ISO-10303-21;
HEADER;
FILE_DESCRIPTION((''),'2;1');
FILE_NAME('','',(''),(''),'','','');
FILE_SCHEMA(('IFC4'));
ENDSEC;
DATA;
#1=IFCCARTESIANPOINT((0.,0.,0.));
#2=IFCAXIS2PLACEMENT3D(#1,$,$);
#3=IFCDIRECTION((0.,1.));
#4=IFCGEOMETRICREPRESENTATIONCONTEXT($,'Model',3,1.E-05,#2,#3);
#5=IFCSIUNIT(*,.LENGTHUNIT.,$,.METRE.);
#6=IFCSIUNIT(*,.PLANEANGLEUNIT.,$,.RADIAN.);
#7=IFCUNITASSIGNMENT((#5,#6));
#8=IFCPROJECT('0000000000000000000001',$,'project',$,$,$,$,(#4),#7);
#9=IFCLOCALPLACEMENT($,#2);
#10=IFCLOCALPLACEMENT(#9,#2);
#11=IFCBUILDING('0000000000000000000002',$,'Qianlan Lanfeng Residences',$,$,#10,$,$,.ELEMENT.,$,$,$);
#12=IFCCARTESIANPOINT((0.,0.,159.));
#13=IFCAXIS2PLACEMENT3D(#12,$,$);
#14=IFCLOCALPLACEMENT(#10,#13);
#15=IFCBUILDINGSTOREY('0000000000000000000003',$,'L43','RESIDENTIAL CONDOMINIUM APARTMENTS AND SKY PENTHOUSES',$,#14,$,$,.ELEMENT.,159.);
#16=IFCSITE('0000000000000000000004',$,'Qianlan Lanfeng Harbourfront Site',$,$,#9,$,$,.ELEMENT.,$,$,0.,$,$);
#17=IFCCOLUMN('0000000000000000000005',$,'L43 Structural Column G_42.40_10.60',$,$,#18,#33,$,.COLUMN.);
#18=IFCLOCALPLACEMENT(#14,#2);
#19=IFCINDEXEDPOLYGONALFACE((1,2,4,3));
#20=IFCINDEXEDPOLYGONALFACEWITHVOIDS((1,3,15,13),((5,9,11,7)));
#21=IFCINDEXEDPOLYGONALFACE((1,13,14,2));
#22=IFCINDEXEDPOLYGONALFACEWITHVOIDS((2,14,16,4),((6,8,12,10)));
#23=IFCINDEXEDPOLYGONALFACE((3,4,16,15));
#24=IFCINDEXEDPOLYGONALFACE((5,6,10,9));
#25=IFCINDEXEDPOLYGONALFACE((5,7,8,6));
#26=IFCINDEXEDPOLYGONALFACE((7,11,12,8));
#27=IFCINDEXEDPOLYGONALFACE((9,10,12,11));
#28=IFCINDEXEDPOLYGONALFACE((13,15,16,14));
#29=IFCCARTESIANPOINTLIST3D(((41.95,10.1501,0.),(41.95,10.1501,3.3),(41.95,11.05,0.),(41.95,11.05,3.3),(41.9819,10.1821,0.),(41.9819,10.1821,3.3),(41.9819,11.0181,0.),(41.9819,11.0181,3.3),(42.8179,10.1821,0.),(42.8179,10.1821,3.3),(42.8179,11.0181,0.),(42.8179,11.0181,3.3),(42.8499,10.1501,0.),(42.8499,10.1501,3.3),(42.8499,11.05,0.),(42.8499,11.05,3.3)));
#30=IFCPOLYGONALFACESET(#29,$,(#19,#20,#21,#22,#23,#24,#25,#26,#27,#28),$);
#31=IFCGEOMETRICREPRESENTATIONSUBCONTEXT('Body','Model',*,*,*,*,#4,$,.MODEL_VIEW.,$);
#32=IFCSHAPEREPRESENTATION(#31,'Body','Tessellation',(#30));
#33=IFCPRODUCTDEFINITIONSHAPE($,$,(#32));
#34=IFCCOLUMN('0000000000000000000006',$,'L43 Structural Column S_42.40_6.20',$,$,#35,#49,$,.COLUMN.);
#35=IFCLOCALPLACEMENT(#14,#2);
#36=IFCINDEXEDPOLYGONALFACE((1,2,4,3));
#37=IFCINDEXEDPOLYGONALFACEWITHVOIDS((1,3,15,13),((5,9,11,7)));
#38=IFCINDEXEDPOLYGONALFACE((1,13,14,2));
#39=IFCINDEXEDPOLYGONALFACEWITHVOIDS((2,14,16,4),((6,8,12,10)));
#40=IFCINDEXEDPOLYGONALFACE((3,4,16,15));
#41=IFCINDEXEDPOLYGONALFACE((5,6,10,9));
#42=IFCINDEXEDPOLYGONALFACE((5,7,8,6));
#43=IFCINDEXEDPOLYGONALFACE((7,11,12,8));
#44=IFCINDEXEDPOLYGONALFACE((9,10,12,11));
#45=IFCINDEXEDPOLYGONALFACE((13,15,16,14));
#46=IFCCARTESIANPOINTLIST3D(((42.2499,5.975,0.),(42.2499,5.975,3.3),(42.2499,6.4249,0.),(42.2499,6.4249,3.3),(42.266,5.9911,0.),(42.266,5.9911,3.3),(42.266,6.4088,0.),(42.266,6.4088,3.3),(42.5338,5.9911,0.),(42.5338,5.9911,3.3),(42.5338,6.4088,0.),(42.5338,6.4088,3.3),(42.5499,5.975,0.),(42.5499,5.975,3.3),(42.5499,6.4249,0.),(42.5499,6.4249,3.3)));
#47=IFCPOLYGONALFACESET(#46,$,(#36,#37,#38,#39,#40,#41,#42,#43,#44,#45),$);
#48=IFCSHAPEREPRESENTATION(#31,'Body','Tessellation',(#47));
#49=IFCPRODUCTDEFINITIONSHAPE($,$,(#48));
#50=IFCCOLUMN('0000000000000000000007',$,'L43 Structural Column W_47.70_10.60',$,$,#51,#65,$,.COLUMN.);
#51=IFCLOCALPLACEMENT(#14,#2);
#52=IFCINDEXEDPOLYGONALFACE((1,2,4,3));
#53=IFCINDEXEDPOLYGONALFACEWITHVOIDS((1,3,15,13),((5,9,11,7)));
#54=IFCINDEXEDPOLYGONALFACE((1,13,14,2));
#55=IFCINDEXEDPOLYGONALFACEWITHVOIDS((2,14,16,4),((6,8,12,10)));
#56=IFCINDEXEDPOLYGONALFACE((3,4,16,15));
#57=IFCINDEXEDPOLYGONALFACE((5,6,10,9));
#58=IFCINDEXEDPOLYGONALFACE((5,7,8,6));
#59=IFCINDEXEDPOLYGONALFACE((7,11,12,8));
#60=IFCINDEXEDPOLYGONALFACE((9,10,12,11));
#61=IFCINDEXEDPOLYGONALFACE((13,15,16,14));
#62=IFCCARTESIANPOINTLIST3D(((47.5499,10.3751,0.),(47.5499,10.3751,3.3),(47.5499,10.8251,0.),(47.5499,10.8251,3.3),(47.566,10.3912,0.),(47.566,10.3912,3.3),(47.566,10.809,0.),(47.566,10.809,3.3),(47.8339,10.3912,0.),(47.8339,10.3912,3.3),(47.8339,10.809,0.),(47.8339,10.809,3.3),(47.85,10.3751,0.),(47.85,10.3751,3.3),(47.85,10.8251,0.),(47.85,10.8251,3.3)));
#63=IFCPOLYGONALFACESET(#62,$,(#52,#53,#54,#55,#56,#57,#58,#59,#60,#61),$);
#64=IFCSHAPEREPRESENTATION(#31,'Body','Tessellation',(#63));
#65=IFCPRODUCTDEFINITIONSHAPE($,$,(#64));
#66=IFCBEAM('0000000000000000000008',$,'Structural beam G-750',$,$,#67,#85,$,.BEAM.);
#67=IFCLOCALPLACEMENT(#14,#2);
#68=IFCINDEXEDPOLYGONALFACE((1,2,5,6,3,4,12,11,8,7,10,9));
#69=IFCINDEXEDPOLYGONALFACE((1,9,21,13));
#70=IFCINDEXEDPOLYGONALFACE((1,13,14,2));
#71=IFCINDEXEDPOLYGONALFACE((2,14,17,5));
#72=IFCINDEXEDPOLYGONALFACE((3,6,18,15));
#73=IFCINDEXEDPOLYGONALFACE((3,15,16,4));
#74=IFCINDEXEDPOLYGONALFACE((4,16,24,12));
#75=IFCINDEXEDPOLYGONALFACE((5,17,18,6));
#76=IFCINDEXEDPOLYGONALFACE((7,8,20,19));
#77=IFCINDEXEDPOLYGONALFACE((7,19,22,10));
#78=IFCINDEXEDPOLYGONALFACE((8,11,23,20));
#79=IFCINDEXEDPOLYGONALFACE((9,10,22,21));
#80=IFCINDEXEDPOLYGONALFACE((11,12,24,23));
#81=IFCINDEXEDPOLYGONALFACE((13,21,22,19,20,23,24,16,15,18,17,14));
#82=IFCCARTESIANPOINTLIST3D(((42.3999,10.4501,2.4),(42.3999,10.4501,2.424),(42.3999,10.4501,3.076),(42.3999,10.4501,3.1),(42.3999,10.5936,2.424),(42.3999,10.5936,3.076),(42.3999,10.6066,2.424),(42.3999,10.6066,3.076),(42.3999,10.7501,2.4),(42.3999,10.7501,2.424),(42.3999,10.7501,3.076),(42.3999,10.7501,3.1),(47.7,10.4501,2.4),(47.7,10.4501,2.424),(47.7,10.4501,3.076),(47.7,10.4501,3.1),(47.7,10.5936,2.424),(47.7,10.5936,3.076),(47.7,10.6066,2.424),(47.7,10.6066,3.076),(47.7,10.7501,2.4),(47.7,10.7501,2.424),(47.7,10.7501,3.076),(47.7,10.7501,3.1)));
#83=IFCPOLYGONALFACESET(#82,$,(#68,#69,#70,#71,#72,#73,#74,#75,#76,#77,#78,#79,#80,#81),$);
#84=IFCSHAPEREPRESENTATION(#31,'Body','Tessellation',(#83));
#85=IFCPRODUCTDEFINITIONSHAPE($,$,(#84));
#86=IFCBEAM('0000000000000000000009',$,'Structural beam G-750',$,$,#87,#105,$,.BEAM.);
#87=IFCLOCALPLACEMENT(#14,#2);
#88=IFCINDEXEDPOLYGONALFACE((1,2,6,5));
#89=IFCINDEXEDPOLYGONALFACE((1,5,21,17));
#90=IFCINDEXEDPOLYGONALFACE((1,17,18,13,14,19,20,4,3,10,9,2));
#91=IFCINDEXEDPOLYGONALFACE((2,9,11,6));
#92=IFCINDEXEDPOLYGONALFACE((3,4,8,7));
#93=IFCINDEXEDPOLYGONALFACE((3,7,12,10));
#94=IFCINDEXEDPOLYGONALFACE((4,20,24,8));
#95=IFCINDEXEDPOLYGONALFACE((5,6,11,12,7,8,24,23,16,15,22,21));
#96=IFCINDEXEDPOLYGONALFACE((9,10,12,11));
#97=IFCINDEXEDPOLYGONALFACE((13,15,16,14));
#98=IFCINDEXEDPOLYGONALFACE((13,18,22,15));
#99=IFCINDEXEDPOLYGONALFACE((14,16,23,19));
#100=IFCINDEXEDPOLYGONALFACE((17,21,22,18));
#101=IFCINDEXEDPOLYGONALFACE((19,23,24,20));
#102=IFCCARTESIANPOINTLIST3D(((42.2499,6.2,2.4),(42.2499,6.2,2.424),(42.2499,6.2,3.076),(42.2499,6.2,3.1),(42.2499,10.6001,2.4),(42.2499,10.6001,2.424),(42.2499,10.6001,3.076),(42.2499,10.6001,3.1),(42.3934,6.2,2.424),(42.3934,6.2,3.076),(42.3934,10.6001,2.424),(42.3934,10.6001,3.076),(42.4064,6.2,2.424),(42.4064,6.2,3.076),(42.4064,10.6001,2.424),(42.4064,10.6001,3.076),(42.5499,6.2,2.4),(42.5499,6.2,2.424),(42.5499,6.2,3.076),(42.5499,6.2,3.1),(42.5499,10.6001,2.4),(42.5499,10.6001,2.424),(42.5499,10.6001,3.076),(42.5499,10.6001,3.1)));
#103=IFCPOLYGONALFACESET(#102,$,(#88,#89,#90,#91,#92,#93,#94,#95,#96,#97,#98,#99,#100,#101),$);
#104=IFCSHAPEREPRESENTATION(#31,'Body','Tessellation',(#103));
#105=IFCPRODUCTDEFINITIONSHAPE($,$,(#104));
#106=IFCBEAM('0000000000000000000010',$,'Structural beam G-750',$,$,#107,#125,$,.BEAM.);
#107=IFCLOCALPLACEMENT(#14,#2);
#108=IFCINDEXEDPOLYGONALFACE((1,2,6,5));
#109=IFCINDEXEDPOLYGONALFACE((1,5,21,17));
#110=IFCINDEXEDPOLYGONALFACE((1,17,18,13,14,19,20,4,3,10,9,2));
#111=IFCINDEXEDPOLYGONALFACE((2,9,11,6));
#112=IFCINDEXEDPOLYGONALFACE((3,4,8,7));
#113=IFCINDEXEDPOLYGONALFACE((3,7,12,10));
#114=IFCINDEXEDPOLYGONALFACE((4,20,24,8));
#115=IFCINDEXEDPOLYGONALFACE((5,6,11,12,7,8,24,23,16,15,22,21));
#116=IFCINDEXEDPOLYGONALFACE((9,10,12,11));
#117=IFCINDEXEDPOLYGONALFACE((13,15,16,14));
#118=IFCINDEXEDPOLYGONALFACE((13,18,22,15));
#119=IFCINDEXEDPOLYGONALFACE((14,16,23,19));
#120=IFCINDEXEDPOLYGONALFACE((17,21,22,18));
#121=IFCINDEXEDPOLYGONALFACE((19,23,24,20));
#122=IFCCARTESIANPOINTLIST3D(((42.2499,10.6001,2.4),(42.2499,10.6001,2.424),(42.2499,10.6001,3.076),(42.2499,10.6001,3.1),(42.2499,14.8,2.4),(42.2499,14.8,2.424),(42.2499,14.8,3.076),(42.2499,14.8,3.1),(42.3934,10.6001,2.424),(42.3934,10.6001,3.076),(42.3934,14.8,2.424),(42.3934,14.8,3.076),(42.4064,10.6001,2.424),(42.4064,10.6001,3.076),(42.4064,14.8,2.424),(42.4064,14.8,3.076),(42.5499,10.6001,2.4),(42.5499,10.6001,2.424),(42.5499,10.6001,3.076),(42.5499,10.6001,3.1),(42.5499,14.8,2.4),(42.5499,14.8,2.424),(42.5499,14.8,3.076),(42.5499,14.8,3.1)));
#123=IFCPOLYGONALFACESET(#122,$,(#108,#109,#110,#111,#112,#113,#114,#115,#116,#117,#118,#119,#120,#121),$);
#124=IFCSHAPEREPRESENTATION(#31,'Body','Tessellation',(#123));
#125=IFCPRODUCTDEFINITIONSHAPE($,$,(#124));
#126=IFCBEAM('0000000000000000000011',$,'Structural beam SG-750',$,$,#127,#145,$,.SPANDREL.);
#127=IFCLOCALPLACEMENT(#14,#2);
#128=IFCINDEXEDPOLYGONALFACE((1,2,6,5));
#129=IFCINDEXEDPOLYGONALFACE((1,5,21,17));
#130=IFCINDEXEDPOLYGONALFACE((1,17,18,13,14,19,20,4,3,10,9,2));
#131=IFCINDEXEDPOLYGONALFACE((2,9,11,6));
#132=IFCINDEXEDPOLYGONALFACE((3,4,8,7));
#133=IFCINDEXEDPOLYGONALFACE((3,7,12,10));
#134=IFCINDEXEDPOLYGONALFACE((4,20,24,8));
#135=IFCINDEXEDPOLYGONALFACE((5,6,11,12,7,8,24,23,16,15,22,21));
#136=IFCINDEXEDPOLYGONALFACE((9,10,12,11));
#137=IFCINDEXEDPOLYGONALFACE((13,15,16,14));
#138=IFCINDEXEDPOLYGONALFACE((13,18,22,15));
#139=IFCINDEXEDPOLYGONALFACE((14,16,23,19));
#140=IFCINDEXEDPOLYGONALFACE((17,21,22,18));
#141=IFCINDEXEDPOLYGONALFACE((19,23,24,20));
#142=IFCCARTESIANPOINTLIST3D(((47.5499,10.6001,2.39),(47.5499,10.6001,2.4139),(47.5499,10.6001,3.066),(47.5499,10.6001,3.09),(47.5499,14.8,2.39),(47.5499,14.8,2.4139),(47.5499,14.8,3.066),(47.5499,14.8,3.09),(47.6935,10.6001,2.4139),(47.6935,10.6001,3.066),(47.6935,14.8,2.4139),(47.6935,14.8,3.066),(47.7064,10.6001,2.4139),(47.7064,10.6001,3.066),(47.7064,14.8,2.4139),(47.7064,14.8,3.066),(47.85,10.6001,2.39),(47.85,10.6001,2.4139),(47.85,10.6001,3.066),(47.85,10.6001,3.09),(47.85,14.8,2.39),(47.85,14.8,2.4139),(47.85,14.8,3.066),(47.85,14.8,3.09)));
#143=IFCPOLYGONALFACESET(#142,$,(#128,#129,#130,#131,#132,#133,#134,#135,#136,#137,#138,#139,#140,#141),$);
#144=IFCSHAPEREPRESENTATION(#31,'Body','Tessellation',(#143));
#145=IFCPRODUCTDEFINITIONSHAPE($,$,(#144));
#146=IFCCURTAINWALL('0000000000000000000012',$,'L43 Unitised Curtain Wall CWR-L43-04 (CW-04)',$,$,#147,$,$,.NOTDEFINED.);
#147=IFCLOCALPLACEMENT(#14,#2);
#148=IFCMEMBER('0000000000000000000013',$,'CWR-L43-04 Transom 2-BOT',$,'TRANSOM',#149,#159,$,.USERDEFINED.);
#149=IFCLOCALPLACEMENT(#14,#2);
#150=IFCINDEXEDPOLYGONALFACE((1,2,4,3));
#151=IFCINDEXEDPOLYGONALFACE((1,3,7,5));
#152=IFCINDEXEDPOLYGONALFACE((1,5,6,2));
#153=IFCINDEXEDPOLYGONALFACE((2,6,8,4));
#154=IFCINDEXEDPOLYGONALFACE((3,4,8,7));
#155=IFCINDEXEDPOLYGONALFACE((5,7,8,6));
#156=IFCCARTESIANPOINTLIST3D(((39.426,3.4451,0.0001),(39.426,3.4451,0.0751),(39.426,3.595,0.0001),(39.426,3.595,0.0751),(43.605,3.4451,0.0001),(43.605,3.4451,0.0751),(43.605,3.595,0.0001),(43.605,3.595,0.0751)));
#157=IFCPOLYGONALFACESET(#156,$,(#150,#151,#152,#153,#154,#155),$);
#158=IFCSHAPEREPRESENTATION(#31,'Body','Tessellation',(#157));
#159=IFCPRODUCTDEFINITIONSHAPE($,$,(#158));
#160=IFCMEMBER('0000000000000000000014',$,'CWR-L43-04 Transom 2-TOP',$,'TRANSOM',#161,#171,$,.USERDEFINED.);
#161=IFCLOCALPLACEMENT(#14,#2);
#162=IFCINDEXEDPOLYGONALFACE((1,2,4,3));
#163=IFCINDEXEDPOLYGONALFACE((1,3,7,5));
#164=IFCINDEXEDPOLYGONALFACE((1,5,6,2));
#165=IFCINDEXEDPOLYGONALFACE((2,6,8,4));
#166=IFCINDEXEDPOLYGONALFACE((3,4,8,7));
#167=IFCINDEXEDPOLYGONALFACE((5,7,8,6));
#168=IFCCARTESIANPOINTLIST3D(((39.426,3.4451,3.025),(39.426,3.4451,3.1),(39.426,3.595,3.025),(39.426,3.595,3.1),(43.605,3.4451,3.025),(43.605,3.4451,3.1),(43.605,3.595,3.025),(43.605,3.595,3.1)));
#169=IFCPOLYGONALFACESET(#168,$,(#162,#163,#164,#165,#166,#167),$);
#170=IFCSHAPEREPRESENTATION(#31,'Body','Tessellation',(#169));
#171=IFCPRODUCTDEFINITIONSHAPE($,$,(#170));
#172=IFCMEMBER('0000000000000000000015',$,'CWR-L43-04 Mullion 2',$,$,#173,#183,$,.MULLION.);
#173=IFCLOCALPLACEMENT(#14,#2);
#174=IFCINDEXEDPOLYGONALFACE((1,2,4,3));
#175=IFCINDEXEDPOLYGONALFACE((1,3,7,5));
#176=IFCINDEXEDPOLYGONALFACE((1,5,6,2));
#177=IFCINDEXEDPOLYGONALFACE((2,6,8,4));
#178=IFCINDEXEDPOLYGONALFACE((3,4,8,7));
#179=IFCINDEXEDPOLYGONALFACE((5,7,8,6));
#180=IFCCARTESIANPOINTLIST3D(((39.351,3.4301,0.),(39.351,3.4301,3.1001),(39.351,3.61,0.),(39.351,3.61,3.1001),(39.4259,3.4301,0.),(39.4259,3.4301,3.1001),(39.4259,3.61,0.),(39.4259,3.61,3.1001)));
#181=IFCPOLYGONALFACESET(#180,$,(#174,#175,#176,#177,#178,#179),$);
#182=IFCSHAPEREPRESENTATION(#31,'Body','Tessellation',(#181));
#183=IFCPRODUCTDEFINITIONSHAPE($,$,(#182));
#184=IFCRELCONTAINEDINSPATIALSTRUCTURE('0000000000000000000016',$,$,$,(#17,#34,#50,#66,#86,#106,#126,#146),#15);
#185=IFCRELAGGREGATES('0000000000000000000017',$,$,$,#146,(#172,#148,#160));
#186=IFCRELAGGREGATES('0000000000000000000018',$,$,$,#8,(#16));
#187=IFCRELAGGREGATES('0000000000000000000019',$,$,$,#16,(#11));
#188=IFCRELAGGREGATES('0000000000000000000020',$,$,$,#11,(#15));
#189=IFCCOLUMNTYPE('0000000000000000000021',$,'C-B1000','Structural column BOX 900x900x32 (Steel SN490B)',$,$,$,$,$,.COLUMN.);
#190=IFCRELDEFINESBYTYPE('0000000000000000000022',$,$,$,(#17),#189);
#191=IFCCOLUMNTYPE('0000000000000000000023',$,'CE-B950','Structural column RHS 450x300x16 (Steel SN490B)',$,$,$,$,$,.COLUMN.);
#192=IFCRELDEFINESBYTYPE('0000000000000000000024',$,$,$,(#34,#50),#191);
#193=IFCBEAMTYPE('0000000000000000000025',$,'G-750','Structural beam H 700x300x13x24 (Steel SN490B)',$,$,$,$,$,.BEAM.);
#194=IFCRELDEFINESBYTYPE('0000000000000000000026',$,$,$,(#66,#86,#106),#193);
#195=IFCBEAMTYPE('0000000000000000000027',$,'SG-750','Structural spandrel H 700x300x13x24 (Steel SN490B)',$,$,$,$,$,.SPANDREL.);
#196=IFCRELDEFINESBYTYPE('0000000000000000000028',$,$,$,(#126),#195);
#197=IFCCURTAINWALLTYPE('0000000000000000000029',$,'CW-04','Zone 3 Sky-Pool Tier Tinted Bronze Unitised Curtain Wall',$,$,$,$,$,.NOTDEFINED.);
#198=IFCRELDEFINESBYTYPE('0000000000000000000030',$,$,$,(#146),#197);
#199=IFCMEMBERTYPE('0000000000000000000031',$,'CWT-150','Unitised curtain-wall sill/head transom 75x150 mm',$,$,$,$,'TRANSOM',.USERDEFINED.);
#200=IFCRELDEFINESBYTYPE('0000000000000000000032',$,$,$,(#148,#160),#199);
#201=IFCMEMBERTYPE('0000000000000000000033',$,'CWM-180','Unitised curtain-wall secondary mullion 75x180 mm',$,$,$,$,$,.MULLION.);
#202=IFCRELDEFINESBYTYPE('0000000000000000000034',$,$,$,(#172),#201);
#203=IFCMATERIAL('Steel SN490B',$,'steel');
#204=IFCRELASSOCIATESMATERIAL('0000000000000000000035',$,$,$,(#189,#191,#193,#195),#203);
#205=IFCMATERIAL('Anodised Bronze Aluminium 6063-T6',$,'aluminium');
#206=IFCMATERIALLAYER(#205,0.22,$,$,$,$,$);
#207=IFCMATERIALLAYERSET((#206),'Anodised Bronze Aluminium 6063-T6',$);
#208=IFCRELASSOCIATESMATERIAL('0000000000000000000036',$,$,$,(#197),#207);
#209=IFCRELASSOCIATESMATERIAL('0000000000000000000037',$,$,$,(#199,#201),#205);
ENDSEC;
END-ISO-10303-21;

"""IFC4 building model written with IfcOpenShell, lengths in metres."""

from ifc_helpers import new_model, si_unit, direction, frame, origin, origin_2d, place, context, subcontext, project, spatial, rectangle, hollow_rectangle, i_section, extrude, source, transform, mapped, material, layer, layer_set, material_profile, profile_set, type_object, element, aggregate, save


model = new_model("IFC4")

# Units and contexts
model_context = context("Model", 3, precision=1e-05, world=origin(), true_north=direction((0.0, 1.0)))
body_context = subcontext(model_context, "Body", "Model", "MODEL_VIEW")
ifc_project = project(units=[si_unit("LENGTHUNIT", "METRE"), si_unit("PLANEANGLEUNIT", "RADIAN")], contexts=[model_context])

# Site, building, storey
site_placement = place(None, origin())
site = spatial("IfcSite", under=ifc_project, at=site_placement, Name="Qianlan Lanfeng Harbourfront Site", CompositionType="ELEMENT", RefElevation=0.0)
building_placement = place(site_placement, origin())
building = spatial("IfcBuilding", under=site, at=building_placement, Name="Qianlan Lanfeng Residences", CompositionType="ELEMENT")
storey_placement = place(building_placement, frame((0.0, 0.0, 159.0)))
storey = spatial("IfcBuildingStorey", under=building, at=storey_placement, Name="L43", Description="RESIDENTIAL CONDOMINIUM APARTMENTS AND SKY PENTHOUSES", CompositionType="ELEMENT", Elevation=159.0)

# Columns
ifc_material_1 = material(Name="Steel SN490B", Category="steel")
ifc_material_profile_1 = material_profile(ifc_material_1, hollow_rectangle(XDim=0.8999, YDim=0.8999, WallThickness=0.032, at=origin_2d()), Name="BOX 900x900x32")
ifc_profile_set_1 = profile_set([ifc_material_profile_1], Name="Steel SN490B")
column_type_1 = type_object("IfcColumnType", Name="C-B1000", Description="Structural column BOX 900x900x32 (Steel SN490B)", PredefinedType="COLUMN", material=ifc_profile_set_1)
column_placement = place(storey_placement, frame((42.3999, 10.6001, 0.0), z_axis=(0.0, 0.0, 1.0), x_axis=(1.0, 0.0, 0.0)))
element("IfcColumn", 1, at=column_placement, inside=storey, type_object=column_type_1, Name="L43 Structural Column G_42.40_10.60", PredefinedType="COLUMN", context=body_context, shape_type="SweptSolid", body=[
    extrude(hollow_rectangle(XDim=0.8999, YDim=0.8999, WallThickness=0.032, at=origin_2d()), origin(), (0.0, 0.0, 1.0), 3.3),
])
ifc_material_profile_2 = material_profile(ifc_material_1, hollow_rectangle(XDim=0.3, YDim=0.45, WallThickness=0.0161, at=origin_2d()), Name="RHS 450x300x16")
ifc_profile_set_2 = profile_set([ifc_material_profile_2], Name="Steel SN490B")
column_type_2 = type_object("IfcColumnType", Name="CE-B950", Description="Structural column RHS 450x300x16 (Steel SN490B)", PredefinedType="COLUMN", material=ifc_profile_set_2)
for number, where, z_axis, x_axis, name in (
    (2, (42.3999, 6.2, 0.0), (0.0, 0.0, 1.0), (1.0, 0.0, 0.0), "L43 Structural Column S_42.40_6.20"),
    (3, (47.7, 10.6001, 0.0), (0.0, 0.0, 1.0), (1.0, 0.0, 0.0), "L43 Structural Column W_47.70_10.60"),
):
    element("IfcColumn", number, at=place(storey_placement, frame(where, z_axis=z_axis, x_axis=x_axis)), inside=storey, type_object=column_type_2, Name=name, PredefinedType="COLUMN", context=body_context, shape_type="SweptSolid", body=[
        extrude(hollow_rectangle(XDim=0.3, YDim=0.45, WallThickness=0.0161, at=origin_2d()), origin(), (0.0, 0.0, 1.0), 3.3),
    ])

# Beams
ifc_material_profile_3 = material_profile(ifc_material_1, i_section(OverallWidth=0.3, OverallDepth=0.7, WebThickness=0.0129, FlangeThickness=0.0239, at=origin_2d()), Name="H 700x300x13x24")
ifc_profile_set_3 = profile_set([ifc_material_profile_3], Name="Steel SN490B")
beam_type_1 = type_object("IfcBeamType", Name="G-750", Description="Structural beam H 700x300x13x24 (Steel SN490B)", PredefinedType="BEAM", material=ifc_profile_set_3)
beam_1_placement = place(storey_placement, frame((42.3999, 10.6001, 2.75), z_axis=(1.0, 0.0, 0.0), x_axis=(0.0, 1.0, 0.0)))
element("IfcBeam", 4, at=beam_1_placement, inside=storey, type_object=beam_type_1, Name="Structural beam G-750", PredefinedType="BEAM", context=body_context, shape_type="SweptSolid", body=[
    extrude(i_section(OverallWidth=0.3, OverallDepth=0.7, WebThickness=0.0129, FlangeThickness=0.0239, at=origin_2d()), origin(), (0.0, 0.0, 1.0), 5.3),
])
beam_2_placement = place(storey_placement, frame((42.3999, 6.2, 2.75), z_axis=(0.0, 1.0, 0.0), x_axis=(-1.0, 0.0, 0.0)))
element("IfcBeam", 5, at=beam_2_placement, inside=storey, type_object=beam_type_1, Name="Structural beam G-750", PredefinedType="BEAM", context=body_context, shape_type="SweptSolid", body=[
    extrude(i_section(OverallWidth=0.3, OverallDepth=0.7, WebThickness=0.0129, FlangeThickness=0.0239, at=origin_2d()), origin(), (0.0, 0.0, 1.0), 4.4001),
])
beam_3_placement = place(storey_placement, frame((42.3999, 10.6001, 2.75), z_axis=(0.0, 1.0, 0.0), x_axis=(-1.0, 0.0, 0.0)))
element("IfcBeam", 6, at=beam_3_placement, inside=storey, type_object=beam_type_1, Name="Structural beam G-750", PredefinedType="BEAM", context=body_context, shape_type="SweptSolid", body=[
    extrude(i_section(OverallWidth=0.3, OverallDepth=0.7, WebThickness=0.0129, FlangeThickness=0.0239, at=origin_2d()), origin(), (0.0, 0.0, 1.0), 4.2),
])
ifc_material_profile_4 = material_profile(ifc_material_1, i_section(OverallWidth=0.3, OverallDepth=0.7, WebThickness=0.0129, FlangeThickness=0.0239, at=origin_2d()), Name="H 700x300x13x24")
ifc_profile_set_4 = profile_set([ifc_material_profile_4], Name="Steel SN490B")
beam_type_2 = type_object("IfcBeamType", Name="SG-750", Description="Structural spandrel H 700x300x13x24 (Steel SN490B)", PredefinedType="SPANDREL", material=ifc_profile_set_4)
beam_4_placement = place(storey_placement, frame((47.7, 10.6001, 2.74), z_axis=(0.0, 1.0, 0.0), x_axis=(-1.0, 0.0, 0.0)))
element("IfcBeam", 7, at=beam_4_placement, inside=storey, type_object=beam_type_2, Name="Structural beam SG-750", PredefinedType="SPANDREL", context=body_context, shape_type="SweptSolid", body=[
    extrude(i_section(OverallWidth=0.3, OverallDepth=0.7, WebThickness=0.0129, FlangeThickness=0.0239, at=origin_2d()), origin(), (0.0, 0.0, 1.0), 4.2),
])

# Curtain wall, members
ifc_material_2 = material(Name="Anodised Bronze Aluminium 6063-T6", Category="aluminium")
ifc_layer_1 = layer(ifc_material_2, 0.22)
ifc_layer_set_1 = layer_set([ifc_layer_1], Name="Anodised Bronze Aluminium 6063-T6")
curtain_wall_type = type_object("IfcCurtainWallType", Name="CW-04", Description="Zone 3 Sky-Pool Tier Tinted Bronze Unitised Curtain Wall", PredefinedType="NOTDEFINED", material=ifc_layer_set_1)
curtain_wall_1_placement = place(storey_placement, origin())
curtain_wall_1 = element("IfcCurtainWall", 8, at=curtain_wall_1_placement, inside=storey, type_object=curtain_wall_type, Name="L43 Unitised Curtain Wall CWR-L43-04 (CW-04)", PredefinedType="NOTDEFINED")
ifc_material_profile_5 = material_profile(ifc_material_2, rectangle(XDim=0.075, YDim=0.1499, at=origin_2d()), Name="ALU TRANSOM 75x150")
ifc_profile_set_5 = profile_set([ifc_material_profile_5], Name="Anodised Bronze Aluminium 6063-T6")
member_type_1 = type_object("IfcMemberType", Name="CWT-150", Description="Unitised curtain-wall sill/head transom 75x150 mm", ElementType="TRANSOM", PredefinedType="USERDEFINED", material=ifc_profile_set_5)
shared_shape_1 = source(origin(), body_context, "Body", "SweptSolid", [
    extrude(rectangle(XDim=0.075, YDim=0.1499, at=origin_2d()), origin(), (0.0, 0.0, 1.0), 4.179),
])
member_1_placement = place(storey_placement, frame((39.426, 3.52, 0.0376), z_axis=(1.0, 0.0, 0.0), x_axis=(0.0, 0.0, 1.0)))
member_1 = element("IfcMember", 9, at=member_1_placement, type_object=member_type_1, Name="CWR-L43-04 Transom 2-BOT", ObjectType="TRANSOM", PredefinedType="USERDEFINED", context=body_context, shape_type="MappedRepresentation", body=[
    mapped(shared_shape_1, transform((0.0, 0.0, 0.0), scale=1.0)),
])
member_2_placement = place(storey_placement, frame((39.426, 3.52, 3.0625), z_axis=(1.0, 0.0, 0.0), x_axis=(0.0, 0.0, 1.0)))
member_2 = element("IfcMember", 10, at=member_2_placement, type_object=member_type_1, Name="CWR-L43-04 Transom 2-TOP", ObjectType="TRANSOM", PredefinedType="USERDEFINED", context=body_context, shape_type="MappedRepresentation", body=[
    mapped(shared_shape_1, transform((0.0, 0.0, 0.0), scale=1.0)),
])
ifc_material_profile_6 = material_profile(ifc_material_2, rectangle(XDim=0.075, YDim=0.1799, at=origin_2d()), Name="ALU MULLION 75x180")
ifc_profile_set_6 = profile_set([ifc_material_profile_6], Name="Anodised Bronze Aluminium 6063-T6")
member_type_2 = type_object("IfcMemberType", Name="CWM-180", Description="Unitised curtain-wall secondary mullion 75x180 mm", PredefinedType="MULLION", material=ifc_profile_set_6)
shared_shape_2 = source(origin(), body_context, "Body", "SweptSolid", [
    extrude(rectangle(XDim=0.075, YDim=0.1799, at=origin_2d()), origin(), (0.0, 0.0, 1.0), 3.1001),
])
member_3_placement = place(storey_placement, frame((39.3884, 3.52, 0.0), z_axis=(0.0, 0.0, 1.0), x_axis=(1.0, 0.0, 0.0)))
member_3 = element("IfcMember", 11, at=member_3_placement, type_object=member_type_2, Name="CWR-L43-04 Mullion 2", PredefinedType="MULLION", context=body_context, shape_type="MappedRepresentation", body=[
    mapped(shared_shape_2, transform((0.0, 0.0, 0.0), scale=1.0)),
])

aggregate(curtain_wall_1, [member_3, member_1, member_2])

save(model, "model.ifc")
